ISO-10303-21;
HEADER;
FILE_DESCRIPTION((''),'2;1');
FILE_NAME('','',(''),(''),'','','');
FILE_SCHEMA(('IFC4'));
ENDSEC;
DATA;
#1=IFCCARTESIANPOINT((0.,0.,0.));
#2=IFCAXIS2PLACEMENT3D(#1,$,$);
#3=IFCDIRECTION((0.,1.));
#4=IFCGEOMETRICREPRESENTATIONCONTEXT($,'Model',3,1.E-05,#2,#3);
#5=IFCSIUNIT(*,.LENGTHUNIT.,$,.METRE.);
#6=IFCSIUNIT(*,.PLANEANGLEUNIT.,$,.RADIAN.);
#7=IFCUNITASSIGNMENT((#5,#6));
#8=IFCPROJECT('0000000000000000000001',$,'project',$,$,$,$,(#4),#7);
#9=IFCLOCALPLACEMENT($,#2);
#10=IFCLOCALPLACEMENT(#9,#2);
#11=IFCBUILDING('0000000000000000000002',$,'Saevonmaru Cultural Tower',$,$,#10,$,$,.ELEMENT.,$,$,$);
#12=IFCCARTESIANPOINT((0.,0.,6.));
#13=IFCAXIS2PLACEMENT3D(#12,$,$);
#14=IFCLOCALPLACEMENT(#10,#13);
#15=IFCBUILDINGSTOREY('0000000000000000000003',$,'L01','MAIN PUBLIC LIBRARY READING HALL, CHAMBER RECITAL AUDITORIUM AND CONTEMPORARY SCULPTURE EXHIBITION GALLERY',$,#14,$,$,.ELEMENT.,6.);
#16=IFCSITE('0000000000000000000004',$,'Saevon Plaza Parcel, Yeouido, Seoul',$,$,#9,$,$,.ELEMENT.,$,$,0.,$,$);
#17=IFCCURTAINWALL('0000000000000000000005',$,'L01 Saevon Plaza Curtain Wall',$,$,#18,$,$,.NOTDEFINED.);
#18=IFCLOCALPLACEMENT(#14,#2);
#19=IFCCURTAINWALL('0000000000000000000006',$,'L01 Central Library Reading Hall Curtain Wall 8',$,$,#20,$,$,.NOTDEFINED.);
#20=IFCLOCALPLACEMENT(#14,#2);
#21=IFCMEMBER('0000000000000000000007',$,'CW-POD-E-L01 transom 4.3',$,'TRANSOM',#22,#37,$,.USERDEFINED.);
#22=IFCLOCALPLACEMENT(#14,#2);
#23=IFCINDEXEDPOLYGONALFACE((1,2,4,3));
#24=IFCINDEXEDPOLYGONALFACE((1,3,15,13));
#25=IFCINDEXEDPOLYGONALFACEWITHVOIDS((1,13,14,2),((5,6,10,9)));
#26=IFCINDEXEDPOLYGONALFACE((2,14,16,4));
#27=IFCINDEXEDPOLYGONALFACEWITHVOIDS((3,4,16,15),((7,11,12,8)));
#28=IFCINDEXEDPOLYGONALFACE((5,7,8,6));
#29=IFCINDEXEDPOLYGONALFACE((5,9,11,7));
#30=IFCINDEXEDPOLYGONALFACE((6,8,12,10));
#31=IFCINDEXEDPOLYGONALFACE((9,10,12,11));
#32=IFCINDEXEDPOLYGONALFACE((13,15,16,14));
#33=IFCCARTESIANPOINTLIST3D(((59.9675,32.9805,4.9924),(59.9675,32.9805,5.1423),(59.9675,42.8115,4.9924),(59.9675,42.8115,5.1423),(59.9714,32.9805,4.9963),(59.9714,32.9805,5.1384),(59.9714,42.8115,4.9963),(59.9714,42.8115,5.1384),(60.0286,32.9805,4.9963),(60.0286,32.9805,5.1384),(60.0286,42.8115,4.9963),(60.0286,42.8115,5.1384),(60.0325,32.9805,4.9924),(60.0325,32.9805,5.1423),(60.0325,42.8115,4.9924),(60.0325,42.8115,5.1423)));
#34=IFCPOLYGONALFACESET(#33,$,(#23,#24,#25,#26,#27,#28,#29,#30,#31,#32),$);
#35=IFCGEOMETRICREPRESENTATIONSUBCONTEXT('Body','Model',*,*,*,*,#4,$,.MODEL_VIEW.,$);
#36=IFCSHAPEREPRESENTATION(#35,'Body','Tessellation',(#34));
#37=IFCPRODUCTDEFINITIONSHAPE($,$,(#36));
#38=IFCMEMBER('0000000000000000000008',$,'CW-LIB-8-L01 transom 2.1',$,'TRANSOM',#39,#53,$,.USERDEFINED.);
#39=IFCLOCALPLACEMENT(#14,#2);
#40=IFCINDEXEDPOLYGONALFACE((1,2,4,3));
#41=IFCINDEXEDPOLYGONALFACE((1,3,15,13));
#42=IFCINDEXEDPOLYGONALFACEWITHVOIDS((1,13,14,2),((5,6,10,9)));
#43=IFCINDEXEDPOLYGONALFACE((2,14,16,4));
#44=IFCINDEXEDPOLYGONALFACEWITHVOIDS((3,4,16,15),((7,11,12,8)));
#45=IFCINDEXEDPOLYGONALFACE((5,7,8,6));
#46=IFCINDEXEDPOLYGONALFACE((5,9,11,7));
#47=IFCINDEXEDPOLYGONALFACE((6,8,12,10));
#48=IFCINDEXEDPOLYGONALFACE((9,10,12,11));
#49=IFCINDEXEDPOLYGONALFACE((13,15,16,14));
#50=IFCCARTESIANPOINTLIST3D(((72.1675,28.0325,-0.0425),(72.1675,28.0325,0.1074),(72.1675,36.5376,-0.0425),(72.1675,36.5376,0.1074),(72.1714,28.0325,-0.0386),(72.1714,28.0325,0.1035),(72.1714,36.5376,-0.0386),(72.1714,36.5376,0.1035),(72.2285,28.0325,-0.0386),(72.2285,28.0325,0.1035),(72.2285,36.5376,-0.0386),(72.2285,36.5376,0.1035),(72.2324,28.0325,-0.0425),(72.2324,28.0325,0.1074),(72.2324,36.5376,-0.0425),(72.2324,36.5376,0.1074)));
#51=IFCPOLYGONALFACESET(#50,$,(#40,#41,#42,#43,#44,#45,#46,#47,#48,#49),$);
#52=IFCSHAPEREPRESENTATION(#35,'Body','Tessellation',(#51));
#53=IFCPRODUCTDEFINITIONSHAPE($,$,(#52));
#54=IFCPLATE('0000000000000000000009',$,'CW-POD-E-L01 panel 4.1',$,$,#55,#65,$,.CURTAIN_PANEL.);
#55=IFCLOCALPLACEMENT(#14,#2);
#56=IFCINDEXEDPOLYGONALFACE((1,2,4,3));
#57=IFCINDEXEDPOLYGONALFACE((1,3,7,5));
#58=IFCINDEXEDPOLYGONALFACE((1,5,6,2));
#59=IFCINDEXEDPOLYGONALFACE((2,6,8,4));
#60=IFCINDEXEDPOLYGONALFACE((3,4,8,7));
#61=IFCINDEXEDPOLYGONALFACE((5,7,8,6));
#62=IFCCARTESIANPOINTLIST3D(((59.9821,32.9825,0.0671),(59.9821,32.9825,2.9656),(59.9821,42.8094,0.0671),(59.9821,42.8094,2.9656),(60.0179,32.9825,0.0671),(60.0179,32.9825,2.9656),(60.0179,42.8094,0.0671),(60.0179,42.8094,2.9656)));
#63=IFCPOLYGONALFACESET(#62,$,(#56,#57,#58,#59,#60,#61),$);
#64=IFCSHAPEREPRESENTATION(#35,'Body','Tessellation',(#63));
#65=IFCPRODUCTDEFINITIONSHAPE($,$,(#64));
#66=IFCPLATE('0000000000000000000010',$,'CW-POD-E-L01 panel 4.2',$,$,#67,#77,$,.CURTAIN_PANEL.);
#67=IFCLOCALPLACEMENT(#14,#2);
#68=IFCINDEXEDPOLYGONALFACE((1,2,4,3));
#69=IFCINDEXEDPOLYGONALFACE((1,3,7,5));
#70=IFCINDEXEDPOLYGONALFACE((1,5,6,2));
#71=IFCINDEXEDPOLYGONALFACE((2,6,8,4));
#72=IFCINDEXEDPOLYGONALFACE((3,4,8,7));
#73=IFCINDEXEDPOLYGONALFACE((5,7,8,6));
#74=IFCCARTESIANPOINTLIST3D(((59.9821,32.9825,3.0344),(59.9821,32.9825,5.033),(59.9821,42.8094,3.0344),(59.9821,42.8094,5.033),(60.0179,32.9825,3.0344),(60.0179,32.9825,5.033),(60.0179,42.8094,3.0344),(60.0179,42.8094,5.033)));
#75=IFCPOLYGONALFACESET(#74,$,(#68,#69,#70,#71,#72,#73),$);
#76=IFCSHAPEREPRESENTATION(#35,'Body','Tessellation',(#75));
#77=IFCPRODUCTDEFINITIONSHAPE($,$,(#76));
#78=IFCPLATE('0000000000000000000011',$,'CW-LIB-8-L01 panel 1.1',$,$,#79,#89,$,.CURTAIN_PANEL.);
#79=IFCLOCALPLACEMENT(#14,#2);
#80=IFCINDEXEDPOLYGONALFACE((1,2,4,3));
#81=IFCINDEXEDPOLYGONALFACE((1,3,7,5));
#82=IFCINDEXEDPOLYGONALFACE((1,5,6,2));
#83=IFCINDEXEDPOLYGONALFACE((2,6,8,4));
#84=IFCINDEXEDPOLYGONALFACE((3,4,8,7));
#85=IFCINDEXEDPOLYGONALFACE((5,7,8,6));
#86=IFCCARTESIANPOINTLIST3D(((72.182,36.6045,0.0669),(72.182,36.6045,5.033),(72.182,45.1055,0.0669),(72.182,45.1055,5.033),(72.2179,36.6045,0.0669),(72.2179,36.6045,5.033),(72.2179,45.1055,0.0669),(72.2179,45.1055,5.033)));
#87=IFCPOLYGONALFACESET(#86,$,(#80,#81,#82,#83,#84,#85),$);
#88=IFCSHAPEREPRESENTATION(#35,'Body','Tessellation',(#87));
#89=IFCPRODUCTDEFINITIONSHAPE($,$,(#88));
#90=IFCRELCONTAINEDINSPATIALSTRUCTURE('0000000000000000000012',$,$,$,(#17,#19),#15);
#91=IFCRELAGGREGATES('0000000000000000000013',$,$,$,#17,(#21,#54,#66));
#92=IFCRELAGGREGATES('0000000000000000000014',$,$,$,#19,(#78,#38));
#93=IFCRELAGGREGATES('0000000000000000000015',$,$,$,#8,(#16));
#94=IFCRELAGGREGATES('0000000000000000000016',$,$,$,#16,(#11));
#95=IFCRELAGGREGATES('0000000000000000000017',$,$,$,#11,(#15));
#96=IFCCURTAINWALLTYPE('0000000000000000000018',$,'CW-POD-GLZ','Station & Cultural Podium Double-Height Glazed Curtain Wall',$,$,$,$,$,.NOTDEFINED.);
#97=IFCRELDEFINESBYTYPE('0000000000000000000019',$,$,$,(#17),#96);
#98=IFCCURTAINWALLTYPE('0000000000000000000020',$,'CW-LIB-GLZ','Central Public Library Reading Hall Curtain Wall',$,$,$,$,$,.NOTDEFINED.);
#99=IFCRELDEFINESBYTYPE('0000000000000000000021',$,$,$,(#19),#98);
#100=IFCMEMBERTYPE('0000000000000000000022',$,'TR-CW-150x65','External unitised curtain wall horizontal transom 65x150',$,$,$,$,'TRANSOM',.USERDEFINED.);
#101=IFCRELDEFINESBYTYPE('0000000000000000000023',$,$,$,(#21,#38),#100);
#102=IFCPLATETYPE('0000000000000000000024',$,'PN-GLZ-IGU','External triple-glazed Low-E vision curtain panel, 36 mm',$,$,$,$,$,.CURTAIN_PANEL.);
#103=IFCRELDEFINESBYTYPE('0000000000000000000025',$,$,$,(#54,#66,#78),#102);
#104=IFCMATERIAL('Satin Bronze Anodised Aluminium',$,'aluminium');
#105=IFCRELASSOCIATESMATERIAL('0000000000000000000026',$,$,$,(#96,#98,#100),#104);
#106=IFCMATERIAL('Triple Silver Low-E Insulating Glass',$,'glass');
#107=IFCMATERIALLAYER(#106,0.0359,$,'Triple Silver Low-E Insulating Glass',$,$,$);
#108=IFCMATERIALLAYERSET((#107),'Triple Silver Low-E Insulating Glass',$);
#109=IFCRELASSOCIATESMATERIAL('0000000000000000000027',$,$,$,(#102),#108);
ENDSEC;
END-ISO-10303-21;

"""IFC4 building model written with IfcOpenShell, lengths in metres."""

from ifc_helpers import new_model, si_unit, direction, frame, origin, origin_2d, place, context, subcontext, project, spatial, rectangle, hollow_rectangle, extrude, material, layer, layer_set, material_profile, profile_set, type_object, element, aggregate, save


model = new_model("IFC4")

# Units and contexts
model_context = context("Model", 3, precision=1e-05, world=origin(), true_north=direction((0.0, 1.0)))
body_context = subcontext(model_context, "Body", "Model", "MODEL_VIEW")
ifc_project = project(units=[si_unit("LENGTHUNIT", "METRE"), si_unit("PLANEANGLEUNIT", "RADIAN")], contexts=[model_context])

# Site, building, storey
site_placement = place(None, origin())
site = spatial("IfcSite", under=ifc_project, at=site_placement, Name="Saevon Plaza Parcel, Yeouido, Seoul", CompositionType="ELEMENT", RefElevation=0.0)
building_placement = place(site_placement, origin())
building = spatial("IfcBuilding", under=site, at=building_placement, Name="Saevonmaru Cultural Tower", CompositionType="ELEMENT")
storey_placement = place(building_placement, frame((0.0, 0.0, 6.0)))
storey = spatial("IfcBuildingStorey", under=building, at=storey_placement, Name="L01", Description="MAIN PUBLIC LIBRARY READING HALL, CHAMBER RECITAL AUDITORIUM AND CONTEMPORARY SCULPTURE EXHIBITION GALLERY", CompositionType="ELEMENT", Elevation=6.0)

# Curtain wall
ifc_material_1 = material(Name="Satin Bronze Anodised Aluminium", Category="aluminium")
curtain_wall_type_1 = type_object("IfcCurtainWallType", Name="CW-POD-GLZ", Description="Station & Cultural Podium Double-Height Glazed Curtain Wall", PredefinedType="NOTDEFINED", material=ifc_material_1)
curtain_wall_1_placement = place(storey_placement, origin())
curtain_wall_1 = element("IfcCurtainWall", 1, at=curtain_wall_1_placement, inside=storey, type_object=curtain_wall_type_1, Name="L01 Saevon Plaza Curtain Wall", PredefinedType="NOTDEFINED")

# Curtain wall
curtain_wall_type_2 = type_object("IfcCurtainWallType", Name="CW-LIB-GLZ", Description="Central Public Library Reading Hall Curtain Wall", PredefinedType="NOTDEFINED", material=ifc_material_1)
curtain_wall_2_placement = place(storey_placement, origin())
curtain_wall_2 = element("IfcCurtainWall", 2, at=curtain_wall_2_placement, inside=storey, type_object=curtain_wall_type_2, Name="L01 Central Library Reading Hall Curtain Wall 8", PredefinedType="NOTDEFINED")

# Members
ifc_material_profile_1 = material_profile(ifc_material_1, hollow_rectangle(XDim=0.0649, YDim=0.1499, WallThickness=0.0039, at=origin_2d()), Name="ALU-TRAN-150x65x4")
ifc_profile_set_1 = profile_set([ifc_material_profile_1], Name="Satin Bronze Anodised Aluminium")
member_type_1 = type_object("IfcMemberType", Name="TR-CW-150x65", Description="External unitised curtain wall horizontal transom 65x150", ElementType="TRANSOM", PredefinedType="USERDEFINED", material=ifc_profile_set_1)
member_1_placement = place(storey_placement, frame((60.0, 32.9805, 5.0674), z_axis=(0.0, 1.0, 0.0), x_axis=(-1.0, 0.0, 0.0)))
member_1 = element("IfcMember", 3, at=member_1_placement, type_object=member_type_1, Name="CW-POD-E-L01 transom 4.3", ObjectType="TRANSOM", PredefinedType="USERDEFINED", context=body_context, shape_type="SweptSolid", body=[
    extrude(hollow_rectangle(XDim=0.0649, YDim=0.1499, WallThickness=0.0039, at=origin_2d()), origin(), (0.0, 0.0, 1.0), 9.8311),
])
member_2_placement = place(storey_placement, frame((72.2, 36.5376, 0.0325), z_axis=(0.0, -1.0, 0.0), x_axis=(1.0, 0.0, 0.0)))
member_2 = element("IfcMember", 4, at=member_2_placement, type_object=member_type_1, Name="CW-LIB-8-L01 transom 2.1", ObjectType="TRANSOM", PredefinedType="USERDEFINED", context=body_context, shape_type="SweptSolid", body=[
    extrude(hollow_rectangle(XDim=0.0649, YDim=0.1499, WallThickness=0.0039, at=origin_2d()), origin(), (0.0, 0.0, 1.0), 8.5051),
])

# Plates
ifc_material_2 = material(Name="Triple Silver Low-E Insulating Glass", Category="glass")
ifc_layer = layer(ifc_material_2, 0.0359, Name="Triple Silver Low-E Insulating Glass")
ifc_layer_set = layer_set([ifc_layer], Name="Triple Silver Low-E Insulating Glass")
plate_type = type_object("IfcPlateType", Name="PN-GLZ-IGU", Description="External triple-glazed Low-E vision curtain panel, 36 mm", PredefinedType="CURTAIN_PANEL", material=ifc_layer_set)
plate_1_placement = place(storey_placement, frame((60.0, 37.896, 0.0671), z_axis=(0.0, 0.0, 1.0), x_axis=(0.0, 1.0, 0.0)))
plate_1 = element("IfcPlate", 5, at=plate_1_placement, type_object=plate_type, Name="CW-POD-E-L01 panel 4.1", PredefinedType="CURTAIN_PANEL", context=body_context, shape_type="SweptSolid", body=[
    extrude(rectangle(XDim=9.8269, YDim=0.0359, at=origin_2d()), origin(), (0.0, 0.0, 1.0), 2.8984),
])
plate_2_placement = place(storey_placement, frame((60.0, 37.896, 3.0344), z_axis=(0.0, 0.0, 1.0), x_axis=(0.0, 1.0, 0.0)))
plate_2 = element("IfcPlate", 6, at=plate_2_placement, type_object=plate_type, Name="CW-POD-E-L01 panel 4.2", PredefinedType="CURTAIN_PANEL", context=body_context, shape_type="SweptSolid", body=[
    extrude(rectangle(XDim=9.8269, YDim=0.0359, at=origin_2d()), origin(), (0.0, 0.0, 1.0), 1.9985),
])
aggregate(curtain_wall_1, [member_1, plate_1, plate_2])
plate_3_placement = place(storey_placement, frame((72.2, 40.855, 0.0669), z_axis=(0.0, 0.0, 1.0), x_axis=(0.0, -1.0, 0.0)))
plate_3 = element("IfcPlate", 7, at=plate_3_placement, type_object=plate_type, Name="CW-LIB-8-L01 panel 1.1", PredefinedType="CURTAIN_PANEL", context=body_context, shape_type="SweptSolid", body=[
    extrude(rectangle(XDim=8.501, YDim=0.0359, at=origin_2d()), origin(), (0.0, 0.0, 1.0), 4.9661),
])
aggregate(curtain_wall_2, [plate_3, member_2])

save(model, "model.ifc")
